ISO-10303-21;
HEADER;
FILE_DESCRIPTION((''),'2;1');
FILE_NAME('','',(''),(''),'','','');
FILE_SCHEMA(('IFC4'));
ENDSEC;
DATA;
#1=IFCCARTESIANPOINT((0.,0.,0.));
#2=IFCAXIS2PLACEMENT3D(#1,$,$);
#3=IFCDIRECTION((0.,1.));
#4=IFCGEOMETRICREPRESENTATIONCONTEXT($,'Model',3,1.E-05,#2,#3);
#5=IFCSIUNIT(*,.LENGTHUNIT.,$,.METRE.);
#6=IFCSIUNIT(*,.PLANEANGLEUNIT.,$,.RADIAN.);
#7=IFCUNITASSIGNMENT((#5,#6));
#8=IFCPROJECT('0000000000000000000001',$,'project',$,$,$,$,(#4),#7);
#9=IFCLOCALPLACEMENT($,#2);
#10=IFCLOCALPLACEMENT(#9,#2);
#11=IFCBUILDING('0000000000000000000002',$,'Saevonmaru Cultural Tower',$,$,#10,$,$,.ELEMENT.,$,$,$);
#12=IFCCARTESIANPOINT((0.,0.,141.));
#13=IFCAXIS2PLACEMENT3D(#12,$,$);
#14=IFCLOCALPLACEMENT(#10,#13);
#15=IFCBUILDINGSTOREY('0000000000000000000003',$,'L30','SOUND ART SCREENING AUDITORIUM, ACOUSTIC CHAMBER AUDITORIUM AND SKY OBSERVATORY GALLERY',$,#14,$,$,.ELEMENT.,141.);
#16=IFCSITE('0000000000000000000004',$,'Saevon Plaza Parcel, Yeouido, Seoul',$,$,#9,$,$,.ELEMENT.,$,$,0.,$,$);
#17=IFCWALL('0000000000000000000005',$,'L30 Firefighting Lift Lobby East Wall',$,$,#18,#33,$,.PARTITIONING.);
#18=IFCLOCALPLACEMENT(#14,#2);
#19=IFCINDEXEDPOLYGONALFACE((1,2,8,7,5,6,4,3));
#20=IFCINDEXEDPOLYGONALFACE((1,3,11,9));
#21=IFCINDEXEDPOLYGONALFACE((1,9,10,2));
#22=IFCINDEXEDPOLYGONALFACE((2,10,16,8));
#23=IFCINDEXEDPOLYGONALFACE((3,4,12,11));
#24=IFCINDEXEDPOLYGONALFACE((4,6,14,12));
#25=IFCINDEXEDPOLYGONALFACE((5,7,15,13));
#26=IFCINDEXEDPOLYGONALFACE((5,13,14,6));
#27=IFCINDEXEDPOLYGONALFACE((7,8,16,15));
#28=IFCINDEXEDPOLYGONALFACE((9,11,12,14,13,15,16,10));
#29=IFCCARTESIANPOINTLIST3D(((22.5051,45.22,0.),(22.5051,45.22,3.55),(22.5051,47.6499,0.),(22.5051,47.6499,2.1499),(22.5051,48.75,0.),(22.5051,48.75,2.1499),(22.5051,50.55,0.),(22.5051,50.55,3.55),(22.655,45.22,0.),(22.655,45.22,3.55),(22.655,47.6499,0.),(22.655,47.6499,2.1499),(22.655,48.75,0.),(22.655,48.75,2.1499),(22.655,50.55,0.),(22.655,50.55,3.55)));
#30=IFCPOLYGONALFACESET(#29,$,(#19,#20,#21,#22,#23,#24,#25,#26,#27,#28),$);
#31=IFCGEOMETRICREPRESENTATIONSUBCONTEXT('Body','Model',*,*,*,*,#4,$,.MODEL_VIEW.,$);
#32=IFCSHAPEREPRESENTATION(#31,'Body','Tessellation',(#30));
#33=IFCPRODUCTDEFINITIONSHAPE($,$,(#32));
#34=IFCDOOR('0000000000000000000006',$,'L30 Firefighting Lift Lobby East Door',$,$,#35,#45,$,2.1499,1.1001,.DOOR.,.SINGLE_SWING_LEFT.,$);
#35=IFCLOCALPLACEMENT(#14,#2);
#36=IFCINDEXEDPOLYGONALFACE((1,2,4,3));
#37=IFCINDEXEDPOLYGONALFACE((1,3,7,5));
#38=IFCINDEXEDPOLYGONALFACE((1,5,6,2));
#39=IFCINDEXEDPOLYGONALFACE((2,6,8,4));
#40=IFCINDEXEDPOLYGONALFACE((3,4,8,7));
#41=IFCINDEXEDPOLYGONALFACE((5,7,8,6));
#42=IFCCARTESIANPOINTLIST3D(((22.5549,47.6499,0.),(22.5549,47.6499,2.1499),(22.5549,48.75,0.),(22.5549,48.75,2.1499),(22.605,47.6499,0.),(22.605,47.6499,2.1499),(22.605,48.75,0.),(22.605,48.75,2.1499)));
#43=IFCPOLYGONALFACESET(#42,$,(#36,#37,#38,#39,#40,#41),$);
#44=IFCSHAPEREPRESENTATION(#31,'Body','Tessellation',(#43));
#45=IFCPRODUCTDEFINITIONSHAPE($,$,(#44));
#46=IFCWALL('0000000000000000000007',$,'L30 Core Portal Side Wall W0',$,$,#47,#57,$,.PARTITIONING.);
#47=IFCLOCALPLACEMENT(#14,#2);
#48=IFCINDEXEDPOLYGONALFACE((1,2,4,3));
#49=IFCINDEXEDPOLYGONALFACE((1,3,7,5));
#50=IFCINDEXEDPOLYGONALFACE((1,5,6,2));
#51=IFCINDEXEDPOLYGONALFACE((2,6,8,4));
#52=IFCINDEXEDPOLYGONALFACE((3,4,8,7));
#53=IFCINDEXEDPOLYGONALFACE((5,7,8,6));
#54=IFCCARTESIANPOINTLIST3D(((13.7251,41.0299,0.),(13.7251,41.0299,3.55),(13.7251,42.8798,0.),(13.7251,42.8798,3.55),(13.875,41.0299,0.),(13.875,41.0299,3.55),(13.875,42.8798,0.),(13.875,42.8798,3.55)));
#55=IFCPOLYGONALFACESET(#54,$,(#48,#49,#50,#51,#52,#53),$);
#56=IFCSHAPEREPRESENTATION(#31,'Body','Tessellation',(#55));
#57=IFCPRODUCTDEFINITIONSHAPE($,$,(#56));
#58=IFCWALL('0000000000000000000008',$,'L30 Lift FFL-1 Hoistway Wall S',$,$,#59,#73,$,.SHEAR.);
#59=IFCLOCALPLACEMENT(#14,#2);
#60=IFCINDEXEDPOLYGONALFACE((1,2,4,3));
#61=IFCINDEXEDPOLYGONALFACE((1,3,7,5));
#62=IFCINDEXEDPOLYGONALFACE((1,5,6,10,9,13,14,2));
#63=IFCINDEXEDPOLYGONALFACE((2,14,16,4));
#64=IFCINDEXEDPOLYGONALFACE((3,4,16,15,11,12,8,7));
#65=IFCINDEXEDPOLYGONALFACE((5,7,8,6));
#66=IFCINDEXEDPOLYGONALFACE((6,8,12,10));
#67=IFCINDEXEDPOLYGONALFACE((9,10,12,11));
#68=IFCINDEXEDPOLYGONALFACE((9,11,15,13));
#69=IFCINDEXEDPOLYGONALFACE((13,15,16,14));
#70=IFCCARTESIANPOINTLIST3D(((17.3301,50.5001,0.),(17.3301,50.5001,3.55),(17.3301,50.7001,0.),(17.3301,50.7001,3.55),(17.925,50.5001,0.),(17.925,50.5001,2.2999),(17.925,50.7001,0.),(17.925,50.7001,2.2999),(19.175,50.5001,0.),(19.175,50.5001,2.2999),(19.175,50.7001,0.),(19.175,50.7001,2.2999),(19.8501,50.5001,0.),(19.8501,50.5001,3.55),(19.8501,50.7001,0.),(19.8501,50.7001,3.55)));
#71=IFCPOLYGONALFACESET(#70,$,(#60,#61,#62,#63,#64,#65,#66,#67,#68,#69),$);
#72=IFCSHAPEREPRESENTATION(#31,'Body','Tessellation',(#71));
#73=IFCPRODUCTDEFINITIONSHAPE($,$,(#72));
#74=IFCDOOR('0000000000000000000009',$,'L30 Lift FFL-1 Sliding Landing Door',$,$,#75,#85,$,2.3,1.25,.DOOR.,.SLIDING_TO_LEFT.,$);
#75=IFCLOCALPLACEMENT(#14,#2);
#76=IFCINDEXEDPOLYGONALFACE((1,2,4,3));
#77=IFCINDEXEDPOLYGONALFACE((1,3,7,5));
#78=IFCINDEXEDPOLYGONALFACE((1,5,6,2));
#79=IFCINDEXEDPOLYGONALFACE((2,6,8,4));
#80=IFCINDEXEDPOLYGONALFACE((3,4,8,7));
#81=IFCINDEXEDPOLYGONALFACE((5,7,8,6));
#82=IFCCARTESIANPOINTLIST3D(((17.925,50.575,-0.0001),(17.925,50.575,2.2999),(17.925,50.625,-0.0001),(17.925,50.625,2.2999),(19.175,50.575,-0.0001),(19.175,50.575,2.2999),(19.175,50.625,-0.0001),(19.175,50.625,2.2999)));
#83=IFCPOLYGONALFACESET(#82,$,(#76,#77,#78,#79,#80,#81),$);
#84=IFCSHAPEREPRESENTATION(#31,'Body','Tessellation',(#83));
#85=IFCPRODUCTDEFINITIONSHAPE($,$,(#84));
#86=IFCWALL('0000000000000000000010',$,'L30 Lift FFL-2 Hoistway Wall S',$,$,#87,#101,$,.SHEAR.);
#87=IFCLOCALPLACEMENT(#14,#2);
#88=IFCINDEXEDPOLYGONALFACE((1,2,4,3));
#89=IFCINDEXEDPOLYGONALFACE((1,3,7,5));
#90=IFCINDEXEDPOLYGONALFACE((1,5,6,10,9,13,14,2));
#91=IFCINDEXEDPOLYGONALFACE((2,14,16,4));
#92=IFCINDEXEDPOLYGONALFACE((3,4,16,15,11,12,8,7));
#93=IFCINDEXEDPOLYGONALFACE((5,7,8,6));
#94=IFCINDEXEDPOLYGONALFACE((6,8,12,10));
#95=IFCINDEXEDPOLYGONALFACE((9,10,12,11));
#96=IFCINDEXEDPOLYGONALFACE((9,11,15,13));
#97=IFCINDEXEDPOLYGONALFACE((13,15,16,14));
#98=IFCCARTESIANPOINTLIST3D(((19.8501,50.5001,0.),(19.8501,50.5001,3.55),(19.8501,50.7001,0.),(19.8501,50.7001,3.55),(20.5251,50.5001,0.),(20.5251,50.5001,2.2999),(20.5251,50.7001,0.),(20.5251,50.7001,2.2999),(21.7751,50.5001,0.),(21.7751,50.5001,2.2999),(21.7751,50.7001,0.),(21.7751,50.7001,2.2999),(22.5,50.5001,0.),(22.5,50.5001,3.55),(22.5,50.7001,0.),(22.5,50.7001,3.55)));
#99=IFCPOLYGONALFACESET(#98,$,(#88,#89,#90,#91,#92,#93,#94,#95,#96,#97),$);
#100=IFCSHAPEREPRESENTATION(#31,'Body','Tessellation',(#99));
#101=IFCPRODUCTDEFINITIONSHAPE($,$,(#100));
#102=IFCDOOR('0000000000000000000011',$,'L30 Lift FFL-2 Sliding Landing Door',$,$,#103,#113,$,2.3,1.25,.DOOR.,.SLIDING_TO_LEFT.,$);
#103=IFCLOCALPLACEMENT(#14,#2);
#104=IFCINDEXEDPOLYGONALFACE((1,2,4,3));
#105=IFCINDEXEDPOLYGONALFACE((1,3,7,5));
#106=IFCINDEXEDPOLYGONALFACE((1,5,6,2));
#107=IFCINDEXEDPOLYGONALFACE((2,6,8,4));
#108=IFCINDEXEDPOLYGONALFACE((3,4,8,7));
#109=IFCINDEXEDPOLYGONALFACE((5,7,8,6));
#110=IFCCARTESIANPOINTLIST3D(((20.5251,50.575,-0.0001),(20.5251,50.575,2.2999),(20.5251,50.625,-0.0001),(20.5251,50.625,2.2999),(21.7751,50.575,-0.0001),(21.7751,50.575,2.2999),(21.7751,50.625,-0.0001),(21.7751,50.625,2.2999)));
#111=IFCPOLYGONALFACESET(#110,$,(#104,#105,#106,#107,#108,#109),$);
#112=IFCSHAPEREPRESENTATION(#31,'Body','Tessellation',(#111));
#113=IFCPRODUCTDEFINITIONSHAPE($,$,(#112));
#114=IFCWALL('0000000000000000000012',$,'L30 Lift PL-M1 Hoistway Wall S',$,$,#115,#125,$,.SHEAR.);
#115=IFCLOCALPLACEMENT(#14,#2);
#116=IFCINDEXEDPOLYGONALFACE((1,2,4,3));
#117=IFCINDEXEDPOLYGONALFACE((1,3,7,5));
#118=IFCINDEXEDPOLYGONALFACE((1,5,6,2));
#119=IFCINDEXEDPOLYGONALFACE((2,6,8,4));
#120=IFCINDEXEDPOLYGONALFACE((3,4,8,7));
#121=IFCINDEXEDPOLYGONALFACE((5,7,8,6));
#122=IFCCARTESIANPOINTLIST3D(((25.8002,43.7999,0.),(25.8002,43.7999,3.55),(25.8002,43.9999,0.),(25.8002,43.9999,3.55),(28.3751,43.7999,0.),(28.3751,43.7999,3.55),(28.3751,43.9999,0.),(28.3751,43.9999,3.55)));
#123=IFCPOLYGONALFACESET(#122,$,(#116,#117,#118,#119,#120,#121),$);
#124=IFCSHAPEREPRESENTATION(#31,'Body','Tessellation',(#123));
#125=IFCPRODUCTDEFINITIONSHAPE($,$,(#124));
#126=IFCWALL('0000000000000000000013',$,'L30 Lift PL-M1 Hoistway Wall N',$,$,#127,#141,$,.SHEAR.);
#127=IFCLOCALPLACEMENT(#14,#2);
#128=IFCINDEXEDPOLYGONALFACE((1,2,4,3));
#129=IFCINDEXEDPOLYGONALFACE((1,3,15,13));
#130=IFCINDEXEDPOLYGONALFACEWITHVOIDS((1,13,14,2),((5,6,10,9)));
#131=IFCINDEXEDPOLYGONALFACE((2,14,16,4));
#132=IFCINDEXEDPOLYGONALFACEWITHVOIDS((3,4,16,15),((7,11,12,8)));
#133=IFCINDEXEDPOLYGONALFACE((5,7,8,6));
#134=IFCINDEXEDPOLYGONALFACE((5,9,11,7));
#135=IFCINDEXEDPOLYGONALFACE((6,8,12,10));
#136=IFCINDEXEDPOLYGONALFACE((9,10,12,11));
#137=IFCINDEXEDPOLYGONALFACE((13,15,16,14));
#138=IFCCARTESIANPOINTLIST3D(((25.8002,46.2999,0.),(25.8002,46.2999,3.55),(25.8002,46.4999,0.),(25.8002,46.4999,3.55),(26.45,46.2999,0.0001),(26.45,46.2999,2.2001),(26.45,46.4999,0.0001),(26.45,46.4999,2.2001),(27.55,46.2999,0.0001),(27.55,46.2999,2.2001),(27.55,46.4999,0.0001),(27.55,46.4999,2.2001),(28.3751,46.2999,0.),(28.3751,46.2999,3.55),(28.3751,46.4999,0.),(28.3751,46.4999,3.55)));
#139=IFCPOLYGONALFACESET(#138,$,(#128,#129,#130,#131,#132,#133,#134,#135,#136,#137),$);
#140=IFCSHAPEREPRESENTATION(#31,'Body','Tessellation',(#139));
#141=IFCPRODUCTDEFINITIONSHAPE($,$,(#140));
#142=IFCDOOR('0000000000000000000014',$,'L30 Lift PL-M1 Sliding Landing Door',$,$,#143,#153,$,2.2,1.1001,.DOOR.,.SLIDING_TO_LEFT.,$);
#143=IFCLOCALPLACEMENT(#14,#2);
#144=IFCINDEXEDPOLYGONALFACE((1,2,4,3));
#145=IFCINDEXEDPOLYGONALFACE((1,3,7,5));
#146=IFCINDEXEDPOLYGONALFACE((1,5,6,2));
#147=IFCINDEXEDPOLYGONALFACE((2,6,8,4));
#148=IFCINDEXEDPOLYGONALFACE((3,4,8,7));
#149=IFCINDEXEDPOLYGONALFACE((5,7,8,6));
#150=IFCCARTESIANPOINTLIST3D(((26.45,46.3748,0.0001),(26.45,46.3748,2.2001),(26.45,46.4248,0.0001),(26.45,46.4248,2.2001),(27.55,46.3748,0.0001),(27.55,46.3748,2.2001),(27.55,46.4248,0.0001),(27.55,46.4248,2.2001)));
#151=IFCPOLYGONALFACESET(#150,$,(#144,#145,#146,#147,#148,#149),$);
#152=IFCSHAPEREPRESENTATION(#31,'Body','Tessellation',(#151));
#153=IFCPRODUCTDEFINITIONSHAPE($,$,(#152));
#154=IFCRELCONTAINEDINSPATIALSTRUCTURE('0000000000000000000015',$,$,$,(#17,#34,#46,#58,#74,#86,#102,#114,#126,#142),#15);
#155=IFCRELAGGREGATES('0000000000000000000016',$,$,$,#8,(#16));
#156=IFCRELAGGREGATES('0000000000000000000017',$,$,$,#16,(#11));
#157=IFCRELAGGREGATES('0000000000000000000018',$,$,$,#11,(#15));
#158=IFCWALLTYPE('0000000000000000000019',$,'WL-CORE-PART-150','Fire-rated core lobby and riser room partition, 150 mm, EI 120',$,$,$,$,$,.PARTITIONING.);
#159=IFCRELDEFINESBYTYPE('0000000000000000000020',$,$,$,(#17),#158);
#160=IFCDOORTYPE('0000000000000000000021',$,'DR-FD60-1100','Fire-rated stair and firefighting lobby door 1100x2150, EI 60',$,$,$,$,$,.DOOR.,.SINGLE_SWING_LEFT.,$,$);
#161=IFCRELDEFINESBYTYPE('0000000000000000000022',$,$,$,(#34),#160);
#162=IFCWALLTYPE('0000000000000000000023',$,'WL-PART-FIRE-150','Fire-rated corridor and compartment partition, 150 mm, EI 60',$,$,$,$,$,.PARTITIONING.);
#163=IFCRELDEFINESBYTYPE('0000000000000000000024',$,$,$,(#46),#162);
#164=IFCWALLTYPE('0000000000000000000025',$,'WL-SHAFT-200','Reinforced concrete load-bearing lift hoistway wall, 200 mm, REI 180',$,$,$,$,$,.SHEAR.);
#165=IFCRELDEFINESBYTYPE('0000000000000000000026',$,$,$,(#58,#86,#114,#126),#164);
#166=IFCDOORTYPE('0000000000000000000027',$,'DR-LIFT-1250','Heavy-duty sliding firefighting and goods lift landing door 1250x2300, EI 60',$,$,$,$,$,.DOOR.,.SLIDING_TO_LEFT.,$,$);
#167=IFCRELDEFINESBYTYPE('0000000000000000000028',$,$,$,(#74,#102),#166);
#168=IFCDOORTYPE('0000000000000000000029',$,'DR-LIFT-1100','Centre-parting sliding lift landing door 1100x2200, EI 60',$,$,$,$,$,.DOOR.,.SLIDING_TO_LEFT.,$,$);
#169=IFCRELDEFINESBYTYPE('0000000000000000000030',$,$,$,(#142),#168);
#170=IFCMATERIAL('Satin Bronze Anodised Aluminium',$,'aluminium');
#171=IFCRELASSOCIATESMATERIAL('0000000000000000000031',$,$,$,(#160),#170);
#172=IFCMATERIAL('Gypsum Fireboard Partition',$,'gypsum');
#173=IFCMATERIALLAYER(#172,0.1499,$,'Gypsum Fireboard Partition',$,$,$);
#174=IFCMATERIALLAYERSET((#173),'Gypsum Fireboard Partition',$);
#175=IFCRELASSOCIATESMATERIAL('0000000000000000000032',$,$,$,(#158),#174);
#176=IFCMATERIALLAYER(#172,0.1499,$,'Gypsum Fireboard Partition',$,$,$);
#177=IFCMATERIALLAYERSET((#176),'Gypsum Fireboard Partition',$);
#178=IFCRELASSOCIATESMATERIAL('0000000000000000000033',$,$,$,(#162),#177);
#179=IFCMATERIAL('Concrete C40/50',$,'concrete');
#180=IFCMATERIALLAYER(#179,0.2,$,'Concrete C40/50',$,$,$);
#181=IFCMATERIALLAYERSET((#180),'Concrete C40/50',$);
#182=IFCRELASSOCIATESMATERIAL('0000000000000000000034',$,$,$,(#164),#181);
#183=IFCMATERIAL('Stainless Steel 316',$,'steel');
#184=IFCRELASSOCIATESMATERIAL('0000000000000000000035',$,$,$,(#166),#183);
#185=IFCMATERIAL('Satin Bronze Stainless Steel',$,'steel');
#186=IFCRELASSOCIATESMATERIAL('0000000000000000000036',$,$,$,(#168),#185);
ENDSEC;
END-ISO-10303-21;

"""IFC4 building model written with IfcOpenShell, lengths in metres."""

from ifc_helpers import new_model, si_unit, direction, frame, frame_2d, origin, place, context, subcontext, project, spatial, rectangle, extrude, material, layer, layer_set, type_object, element, fill, save


model = new_model("IFC4")

# Units and contexts
model_context = context("Model", 3, precision=1e-05, world=origin(), true_north=direction((0.0, 1.0)))
body_context = subcontext(model_context, "Body", "Model", "MODEL_VIEW")
ifc_project = project(units=[si_unit("LENGTHUNIT", "METRE"), si_unit("PLANEANGLEUNIT", "RADIAN")], contexts=[model_context])

# Site, building, storey
site_placement = place(None, origin())
site = spatial("IfcSite", under=ifc_project, at=site_placement, Name="Saevon Plaza Parcel, Yeouido, Seoul", CompositionType="ELEMENT", RefElevation=0.0)
building_placement = place(site_placement, origin())
building = spatial("IfcBuilding", under=site, at=building_placement, Name="Saevonmaru Cultural Tower", CompositionType="ELEMENT")
storey_placement = place(building_placement, frame((0.0, 0.0, 141.0)))
storey = spatial("IfcBuildingStorey", under=building, at=storey_placement, Name="L30", Description="SOUND ART SCREENING AUDITORIUM, ACOUSTIC CHAMBER AUDITORIUM AND SKY OBSERVATORY GALLERY", CompositionType="ELEMENT", Elevation=141.0)

# Shared definitions
ifc_material_1 = material(Name="Satin Bronze Anodised Aluminium", Category="aluminium")
door_type_1 = type_object("IfcDoorType", Name="DR-FD60-1100", Description="Fire-rated stair and firefighting lobby door 1100x2150, EI 60", OperationType="SINGLE_SWING_LEFT", PredefinedType="DOOR", material=ifc_material_1)

# Wall, opening, door
ifc_material_2 = material(Name="Gypsum Fireboard Partition", Category="gypsum")
ifc_layer_1 = layer(ifc_material_2, 0.1499, Name="Gypsum Fireboard Partition")
ifc_layer_set_1 = layer_set([ifc_layer_1], Name="Gypsum Fireboard Partition")
wall_type_1 = type_object("IfcWallType", Name="WL-CORE-PART-150", Description="Fire-rated core lobby and riser room partition, 150 mm, EI 120", PredefinedType="PARTITIONING", material=ifc_layer_set_1)
wall_1_placement = place(storey_placement, frame((22.5801, 50.55, 0.0), z_axis=(0.0, 0.0, 1.0), x_axis=(0.0, -1.0, 0.0)))
wall_1 = element("IfcWall", 1, at=wall_1_placement, inside=storey, type_object=wall_type_1, Name="L30 Firefighting Lift Lobby East Wall", PredefinedType="PARTITIONING", context=body_context, shape_type="SweptSolid", body=[
    extrude(rectangle(XDim=5.3301, YDim=0.1499, at=frame_2d((2.665, 0.0))), origin(), (0.0, 0.0, 1.0), 3.55),
])
opening_1_placement = place(wall_1_placement, frame((1.8, 0.0, 0.0)))
opening_1 = element("IfcOpeningElement", 2, at=opening_1_placement, cuts=wall_1, PredefinedType="OPENING", context=body_context, shape_type="SweptSolid", body=[
    extrude(rectangle(XDim=1.1001, YDim=2.1499, at=frame_2d((0.55, 1.075))), frame((0.0, 0.085, 0.0), z_axis=(0.0, -1.0, 0.0), x_axis=(1.0, 0.0, 0.0)), (0.0, 0.0, 1.0), 0.1699),
])
door_1_placement = place(opening_1_placement, origin())
door_1 = element("IfcDoor", 3, at=door_1_placement, inside=storey, type_object=door_type_1, Name="L30 Firefighting Lift Lobby East Door", OperationType="SINGLE_SWING_LEFT", OverallHeight=2.1499, OverallWidth=1.1001, PredefinedType="DOOR", context=body_context, shape_type="SweptSolid", body=[
    extrude(rectangle(XDim=1.1001, YDim=2.1499, at=frame_2d((0.55, 1.075))), frame((0.0, 0.0249, 0.0), z_axis=(0.0, -1.0, 0.0), x_axis=(1.0, 0.0, 0.0)), (0.0, 0.0, 1.0), 0.05),
])
fill(opening_1, door_1)

# Wall
ifc_layer_2 = layer(ifc_material_2, 0.1499, Name="Gypsum Fireboard Partition")
ifc_layer_set_2 = layer_set([ifc_layer_2], Name="Gypsum Fireboard Partition")
wall_type_2 = type_object("IfcWallType", Name="WL-PART-FIRE-150", Description="Fire-rated corridor and compartment partition, 150 mm, EI 60", PredefinedType="PARTITIONING", material=ifc_layer_set_2)
wall_2_placement = place(storey_placement, frame((13.8, 41.03, 0.0), z_axis=(0.0, 0.0, 1.0), x_axis=(0.0, 1.0, 0.0)))
element("IfcWall", 4, at=wall_2_placement, inside=storey, type_object=wall_type_2, Name="L30 Core Portal Side Wall W0", PredefinedType="PARTITIONING", context=body_context, shape_type="SweptSolid", body=[
    extrude(rectangle(XDim=1.8499, YDim=0.1499, at=frame_2d((0.9248, 0.0))), origin(), (0.0, 0.0, 1.0), 3.55),
])

# Walls, openings, doors
ifc_material_3 = material(Name="Concrete C40/50", Category="concrete")
ifc_layer_3 = layer(ifc_material_3, 0.2, Name="Concrete C40/50")
ifc_layer_set_3 = layer_set([ifc_layer_3], Name="Concrete C40/50")
wall_type_3 = type_object("IfcWallType", Name="WL-SHAFT-200", Description="Reinforced concrete load-bearing lift hoistway wall, 200 mm, REI 180", PredefinedType="SHEAR", material=ifc_layer_set_3)
wall_3_placement = place(storey_placement, frame((17.3301, 50.6001, 0.0), z_axis=(0.0, 0.0, 1.0), x_axis=(1.0, 0.0, 0.0)))
wall_3 = element("IfcWall", 5, at=wall_3_placement, inside=storey, type_object=wall_type_3, Name="L30 Lift FFL-1 Hoistway Wall S", PredefinedType="SHEAR", context=body_context, shape_type="SweptSolid", body=[
    extrude(rectangle(XDim=2.52, YDim=0.2, at=frame_2d((1.26, 0.0))), origin(), (0.0, 0.0, 1.0), 3.55),
])
opening_2_placement = place(wall_3_placement, frame((0.595, 0.0, 0.0)))
opening_2 = element("IfcOpeningElement", 6, at=opening_2_placement, cuts=wall_3, PredefinedType="OPENING", context=body_context, shape_type="SweptSolid", body=[
    extrude(rectangle(XDim=1.25, YDim=2.3, at=frame_2d((0.625, 1.1499))), frame((0.0, 0.1099, 0.0), z_axis=(0.0, -1.0, 0.0), x_axis=(1.0, 0.0, 0.0)), (0.0, 0.0, 1.0), 0.22),
])
ifc_material_4 = material(Name="Stainless Steel 316", Category="steel")
door_type_2 = type_object("IfcDoorType", Name="DR-LIFT-1250", Description="Heavy-duty sliding firefighting and goods lift landing door 1250x2300, EI 60", OperationType="SLIDING_TO_LEFT", PredefinedType="DOOR", material=ifc_material_4)
door_2_placement = place(opening_2_placement, origin())
door_2 = element("IfcDoor", 7, at=door_2_placement, inside=storey, type_object=door_type_2, Name="L30 Lift FFL-1 Sliding Landing Door", OperationType="SLIDING_TO_LEFT", OverallHeight=2.3, OverallWidth=1.25, PredefinedType="DOOR", context=body_context, shape_type="SweptSolid", body=[
    extrude(rectangle(XDim=1.25, YDim=2.3, at=frame_2d((0.625, 1.1499))), frame((0.0, 0.0249, 0.0), z_axis=(0.0, -1.0, 0.0), x_axis=(1.0, 0.0, 0.0)), (0.0, 0.0, 1.0), 0.05),
])
fill(opening_2, door_2)
wall_4_placement = place(storey_placement, frame((19.8501, 50.6001, 0.0), z_axis=(0.0, 0.0, 1.0), x_axis=(1.0, 0.0, 0.0)))
wall_4 = element("IfcWall", 8, at=wall_4_placement, inside=storey, type_object=wall_type_3, Name="L30 Lift FFL-2 Hoistway Wall S", PredefinedType="SHEAR", context=body_context, shape_type="SweptSolid", body=[
    extrude(rectangle(XDim=2.6499, YDim=0.2, at=frame_2d((1.325, 0.0))), origin(), (0.0, 0.0, 1.0), 3.55),
])
opening_3_placement = place(wall_4_placement, frame((0.675, 0.0, 0.0)))
opening_3 = element("IfcOpeningElement", 9, at=opening_3_placement, cuts=wall_4, PredefinedType="OPENING", context=body_context, shape_type="SweptSolid", body=[
    extrude(rectangle(XDim=1.25, YDim=2.3, at=frame_2d((0.625, 1.1499))), frame((0.0, 0.1099, 0.0), z_axis=(0.0, -1.0, 0.0), x_axis=(1.0, 0.0, 0.0)), (0.0, 0.0, 1.0), 0.22),
])
door_3_placement = place(opening_3_placement, origin())
door_3 = element("IfcDoor", 10, at=door_3_placement, inside=storey, type_object=door_type_2, Name="L30 Lift FFL-2 Sliding Landing Door", OperationType="SLIDING_TO_LEFT", OverallHeight=2.3, OverallWidth=1.25, PredefinedType="DOOR", context=body_context, shape_type="SweptSolid", body=[
    extrude(rectangle(XDim=1.25, YDim=2.3, at=frame_2d((0.625, 1.1499))), frame((0.0, 0.0249, 0.0), z_axis=(0.0, -1.0, 0.0), x_axis=(1.0, 0.0, 0.0)), (0.0, 0.0, 1.0), 0.05),
])
fill(opening_3, door_3)

# Wall
wall_5_placement = place(storey_placement, frame((25.8, 43.8999, 0.0), z_axis=(0.0, 0.0, 1.0), x_axis=(1.0, 0.0, 0.0)))
element("IfcWall", 11, at=wall_5_placement, inside=storey, type_object=wall_type_3, Name="L30 Lift PL-M1 Hoistway Wall S", PredefinedType="SHEAR", context=body_context, shape_type="SweptSolid", body=[
    extrude(rectangle(XDim=2.575, YDim=0.2, at=frame_2d((1.2876, 0.0))), origin(), (0.0, 0.0, 1.0), 3.55),
])

# Wall, opening, door
wall_6_placement = place(storey_placement, frame((25.8, 46.3999, 0.0), z_axis=(0.0, 0.0, 1.0), x_axis=(1.0, 0.0, 0.0)))
wall_6 = element("IfcWall", 12, at=wall_6_placement, inside=storey, type_object=wall_type_3, Name="L30 Lift PL-M1 Hoistway Wall N", PredefinedType="SHEAR", context=body_context, shape_type="SweptSolid", body=[
    extrude(rectangle(XDim=2.575, YDim=0.2, at=frame_2d((1.2876, 0.0))), origin(), (0.0, 0.0, 1.0), 3.55),
])
opening_4_placement = place(wall_6_placement, frame((0.6499, 0.0, 0.0)))
opening_4 = element("IfcOpeningElement", 13, at=opening_4_placement, cuts=wall_6, PredefinedType="OPENING", context=body_context, shape_type="SweptSolid", body=[
    extrude(rectangle(XDim=1.1001, YDim=2.2, at=frame_2d((0.55, 1.1001))), frame((0.0, 0.1099, 0.0), z_axis=(0.0, -1.0, 0.0), x_axis=(1.0, 0.0, 0.0)), (0.0, 0.0, 1.0), 0.22),
])
ifc_material_5 = material(Name="Satin Bronze Stainless Steel", Category="steel")
door_type_3 = type_object("IfcDoorType", Name="DR-LIFT-1100", Description="Centre-parting sliding lift landing door 1100x2200, EI 60", OperationType="SLIDING_TO_LEFT", PredefinedType="DOOR", material=ifc_material_5)
door_4_placement = place(opening_4_placement, origin())
door_4 = element("IfcDoor", 14, at=door_4_placement, inside=storey, type_object=door_type_3, Name="L30 Lift PL-M1 Sliding Landing Door", OperationType="SLIDING_TO_LEFT", OverallHeight=2.2, OverallWidth=1.1001, PredefinedType="DOOR", context=body_context, shape_type="SweptSolid", body=[
    extrude(rectangle(XDim=1.1001, YDim=2.2, at=frame_2d((0.55, 1.1001))), frame((0.0, 0.0249, 0.0), z_axis=(0.0, -1.0, 0.0), x_axis=(1.0, 0.0, 0.0)), (0.0, 0.0, 1.0), 0.05),
])
fill(opening_4, door_4)

save(model, "model.ifc")
